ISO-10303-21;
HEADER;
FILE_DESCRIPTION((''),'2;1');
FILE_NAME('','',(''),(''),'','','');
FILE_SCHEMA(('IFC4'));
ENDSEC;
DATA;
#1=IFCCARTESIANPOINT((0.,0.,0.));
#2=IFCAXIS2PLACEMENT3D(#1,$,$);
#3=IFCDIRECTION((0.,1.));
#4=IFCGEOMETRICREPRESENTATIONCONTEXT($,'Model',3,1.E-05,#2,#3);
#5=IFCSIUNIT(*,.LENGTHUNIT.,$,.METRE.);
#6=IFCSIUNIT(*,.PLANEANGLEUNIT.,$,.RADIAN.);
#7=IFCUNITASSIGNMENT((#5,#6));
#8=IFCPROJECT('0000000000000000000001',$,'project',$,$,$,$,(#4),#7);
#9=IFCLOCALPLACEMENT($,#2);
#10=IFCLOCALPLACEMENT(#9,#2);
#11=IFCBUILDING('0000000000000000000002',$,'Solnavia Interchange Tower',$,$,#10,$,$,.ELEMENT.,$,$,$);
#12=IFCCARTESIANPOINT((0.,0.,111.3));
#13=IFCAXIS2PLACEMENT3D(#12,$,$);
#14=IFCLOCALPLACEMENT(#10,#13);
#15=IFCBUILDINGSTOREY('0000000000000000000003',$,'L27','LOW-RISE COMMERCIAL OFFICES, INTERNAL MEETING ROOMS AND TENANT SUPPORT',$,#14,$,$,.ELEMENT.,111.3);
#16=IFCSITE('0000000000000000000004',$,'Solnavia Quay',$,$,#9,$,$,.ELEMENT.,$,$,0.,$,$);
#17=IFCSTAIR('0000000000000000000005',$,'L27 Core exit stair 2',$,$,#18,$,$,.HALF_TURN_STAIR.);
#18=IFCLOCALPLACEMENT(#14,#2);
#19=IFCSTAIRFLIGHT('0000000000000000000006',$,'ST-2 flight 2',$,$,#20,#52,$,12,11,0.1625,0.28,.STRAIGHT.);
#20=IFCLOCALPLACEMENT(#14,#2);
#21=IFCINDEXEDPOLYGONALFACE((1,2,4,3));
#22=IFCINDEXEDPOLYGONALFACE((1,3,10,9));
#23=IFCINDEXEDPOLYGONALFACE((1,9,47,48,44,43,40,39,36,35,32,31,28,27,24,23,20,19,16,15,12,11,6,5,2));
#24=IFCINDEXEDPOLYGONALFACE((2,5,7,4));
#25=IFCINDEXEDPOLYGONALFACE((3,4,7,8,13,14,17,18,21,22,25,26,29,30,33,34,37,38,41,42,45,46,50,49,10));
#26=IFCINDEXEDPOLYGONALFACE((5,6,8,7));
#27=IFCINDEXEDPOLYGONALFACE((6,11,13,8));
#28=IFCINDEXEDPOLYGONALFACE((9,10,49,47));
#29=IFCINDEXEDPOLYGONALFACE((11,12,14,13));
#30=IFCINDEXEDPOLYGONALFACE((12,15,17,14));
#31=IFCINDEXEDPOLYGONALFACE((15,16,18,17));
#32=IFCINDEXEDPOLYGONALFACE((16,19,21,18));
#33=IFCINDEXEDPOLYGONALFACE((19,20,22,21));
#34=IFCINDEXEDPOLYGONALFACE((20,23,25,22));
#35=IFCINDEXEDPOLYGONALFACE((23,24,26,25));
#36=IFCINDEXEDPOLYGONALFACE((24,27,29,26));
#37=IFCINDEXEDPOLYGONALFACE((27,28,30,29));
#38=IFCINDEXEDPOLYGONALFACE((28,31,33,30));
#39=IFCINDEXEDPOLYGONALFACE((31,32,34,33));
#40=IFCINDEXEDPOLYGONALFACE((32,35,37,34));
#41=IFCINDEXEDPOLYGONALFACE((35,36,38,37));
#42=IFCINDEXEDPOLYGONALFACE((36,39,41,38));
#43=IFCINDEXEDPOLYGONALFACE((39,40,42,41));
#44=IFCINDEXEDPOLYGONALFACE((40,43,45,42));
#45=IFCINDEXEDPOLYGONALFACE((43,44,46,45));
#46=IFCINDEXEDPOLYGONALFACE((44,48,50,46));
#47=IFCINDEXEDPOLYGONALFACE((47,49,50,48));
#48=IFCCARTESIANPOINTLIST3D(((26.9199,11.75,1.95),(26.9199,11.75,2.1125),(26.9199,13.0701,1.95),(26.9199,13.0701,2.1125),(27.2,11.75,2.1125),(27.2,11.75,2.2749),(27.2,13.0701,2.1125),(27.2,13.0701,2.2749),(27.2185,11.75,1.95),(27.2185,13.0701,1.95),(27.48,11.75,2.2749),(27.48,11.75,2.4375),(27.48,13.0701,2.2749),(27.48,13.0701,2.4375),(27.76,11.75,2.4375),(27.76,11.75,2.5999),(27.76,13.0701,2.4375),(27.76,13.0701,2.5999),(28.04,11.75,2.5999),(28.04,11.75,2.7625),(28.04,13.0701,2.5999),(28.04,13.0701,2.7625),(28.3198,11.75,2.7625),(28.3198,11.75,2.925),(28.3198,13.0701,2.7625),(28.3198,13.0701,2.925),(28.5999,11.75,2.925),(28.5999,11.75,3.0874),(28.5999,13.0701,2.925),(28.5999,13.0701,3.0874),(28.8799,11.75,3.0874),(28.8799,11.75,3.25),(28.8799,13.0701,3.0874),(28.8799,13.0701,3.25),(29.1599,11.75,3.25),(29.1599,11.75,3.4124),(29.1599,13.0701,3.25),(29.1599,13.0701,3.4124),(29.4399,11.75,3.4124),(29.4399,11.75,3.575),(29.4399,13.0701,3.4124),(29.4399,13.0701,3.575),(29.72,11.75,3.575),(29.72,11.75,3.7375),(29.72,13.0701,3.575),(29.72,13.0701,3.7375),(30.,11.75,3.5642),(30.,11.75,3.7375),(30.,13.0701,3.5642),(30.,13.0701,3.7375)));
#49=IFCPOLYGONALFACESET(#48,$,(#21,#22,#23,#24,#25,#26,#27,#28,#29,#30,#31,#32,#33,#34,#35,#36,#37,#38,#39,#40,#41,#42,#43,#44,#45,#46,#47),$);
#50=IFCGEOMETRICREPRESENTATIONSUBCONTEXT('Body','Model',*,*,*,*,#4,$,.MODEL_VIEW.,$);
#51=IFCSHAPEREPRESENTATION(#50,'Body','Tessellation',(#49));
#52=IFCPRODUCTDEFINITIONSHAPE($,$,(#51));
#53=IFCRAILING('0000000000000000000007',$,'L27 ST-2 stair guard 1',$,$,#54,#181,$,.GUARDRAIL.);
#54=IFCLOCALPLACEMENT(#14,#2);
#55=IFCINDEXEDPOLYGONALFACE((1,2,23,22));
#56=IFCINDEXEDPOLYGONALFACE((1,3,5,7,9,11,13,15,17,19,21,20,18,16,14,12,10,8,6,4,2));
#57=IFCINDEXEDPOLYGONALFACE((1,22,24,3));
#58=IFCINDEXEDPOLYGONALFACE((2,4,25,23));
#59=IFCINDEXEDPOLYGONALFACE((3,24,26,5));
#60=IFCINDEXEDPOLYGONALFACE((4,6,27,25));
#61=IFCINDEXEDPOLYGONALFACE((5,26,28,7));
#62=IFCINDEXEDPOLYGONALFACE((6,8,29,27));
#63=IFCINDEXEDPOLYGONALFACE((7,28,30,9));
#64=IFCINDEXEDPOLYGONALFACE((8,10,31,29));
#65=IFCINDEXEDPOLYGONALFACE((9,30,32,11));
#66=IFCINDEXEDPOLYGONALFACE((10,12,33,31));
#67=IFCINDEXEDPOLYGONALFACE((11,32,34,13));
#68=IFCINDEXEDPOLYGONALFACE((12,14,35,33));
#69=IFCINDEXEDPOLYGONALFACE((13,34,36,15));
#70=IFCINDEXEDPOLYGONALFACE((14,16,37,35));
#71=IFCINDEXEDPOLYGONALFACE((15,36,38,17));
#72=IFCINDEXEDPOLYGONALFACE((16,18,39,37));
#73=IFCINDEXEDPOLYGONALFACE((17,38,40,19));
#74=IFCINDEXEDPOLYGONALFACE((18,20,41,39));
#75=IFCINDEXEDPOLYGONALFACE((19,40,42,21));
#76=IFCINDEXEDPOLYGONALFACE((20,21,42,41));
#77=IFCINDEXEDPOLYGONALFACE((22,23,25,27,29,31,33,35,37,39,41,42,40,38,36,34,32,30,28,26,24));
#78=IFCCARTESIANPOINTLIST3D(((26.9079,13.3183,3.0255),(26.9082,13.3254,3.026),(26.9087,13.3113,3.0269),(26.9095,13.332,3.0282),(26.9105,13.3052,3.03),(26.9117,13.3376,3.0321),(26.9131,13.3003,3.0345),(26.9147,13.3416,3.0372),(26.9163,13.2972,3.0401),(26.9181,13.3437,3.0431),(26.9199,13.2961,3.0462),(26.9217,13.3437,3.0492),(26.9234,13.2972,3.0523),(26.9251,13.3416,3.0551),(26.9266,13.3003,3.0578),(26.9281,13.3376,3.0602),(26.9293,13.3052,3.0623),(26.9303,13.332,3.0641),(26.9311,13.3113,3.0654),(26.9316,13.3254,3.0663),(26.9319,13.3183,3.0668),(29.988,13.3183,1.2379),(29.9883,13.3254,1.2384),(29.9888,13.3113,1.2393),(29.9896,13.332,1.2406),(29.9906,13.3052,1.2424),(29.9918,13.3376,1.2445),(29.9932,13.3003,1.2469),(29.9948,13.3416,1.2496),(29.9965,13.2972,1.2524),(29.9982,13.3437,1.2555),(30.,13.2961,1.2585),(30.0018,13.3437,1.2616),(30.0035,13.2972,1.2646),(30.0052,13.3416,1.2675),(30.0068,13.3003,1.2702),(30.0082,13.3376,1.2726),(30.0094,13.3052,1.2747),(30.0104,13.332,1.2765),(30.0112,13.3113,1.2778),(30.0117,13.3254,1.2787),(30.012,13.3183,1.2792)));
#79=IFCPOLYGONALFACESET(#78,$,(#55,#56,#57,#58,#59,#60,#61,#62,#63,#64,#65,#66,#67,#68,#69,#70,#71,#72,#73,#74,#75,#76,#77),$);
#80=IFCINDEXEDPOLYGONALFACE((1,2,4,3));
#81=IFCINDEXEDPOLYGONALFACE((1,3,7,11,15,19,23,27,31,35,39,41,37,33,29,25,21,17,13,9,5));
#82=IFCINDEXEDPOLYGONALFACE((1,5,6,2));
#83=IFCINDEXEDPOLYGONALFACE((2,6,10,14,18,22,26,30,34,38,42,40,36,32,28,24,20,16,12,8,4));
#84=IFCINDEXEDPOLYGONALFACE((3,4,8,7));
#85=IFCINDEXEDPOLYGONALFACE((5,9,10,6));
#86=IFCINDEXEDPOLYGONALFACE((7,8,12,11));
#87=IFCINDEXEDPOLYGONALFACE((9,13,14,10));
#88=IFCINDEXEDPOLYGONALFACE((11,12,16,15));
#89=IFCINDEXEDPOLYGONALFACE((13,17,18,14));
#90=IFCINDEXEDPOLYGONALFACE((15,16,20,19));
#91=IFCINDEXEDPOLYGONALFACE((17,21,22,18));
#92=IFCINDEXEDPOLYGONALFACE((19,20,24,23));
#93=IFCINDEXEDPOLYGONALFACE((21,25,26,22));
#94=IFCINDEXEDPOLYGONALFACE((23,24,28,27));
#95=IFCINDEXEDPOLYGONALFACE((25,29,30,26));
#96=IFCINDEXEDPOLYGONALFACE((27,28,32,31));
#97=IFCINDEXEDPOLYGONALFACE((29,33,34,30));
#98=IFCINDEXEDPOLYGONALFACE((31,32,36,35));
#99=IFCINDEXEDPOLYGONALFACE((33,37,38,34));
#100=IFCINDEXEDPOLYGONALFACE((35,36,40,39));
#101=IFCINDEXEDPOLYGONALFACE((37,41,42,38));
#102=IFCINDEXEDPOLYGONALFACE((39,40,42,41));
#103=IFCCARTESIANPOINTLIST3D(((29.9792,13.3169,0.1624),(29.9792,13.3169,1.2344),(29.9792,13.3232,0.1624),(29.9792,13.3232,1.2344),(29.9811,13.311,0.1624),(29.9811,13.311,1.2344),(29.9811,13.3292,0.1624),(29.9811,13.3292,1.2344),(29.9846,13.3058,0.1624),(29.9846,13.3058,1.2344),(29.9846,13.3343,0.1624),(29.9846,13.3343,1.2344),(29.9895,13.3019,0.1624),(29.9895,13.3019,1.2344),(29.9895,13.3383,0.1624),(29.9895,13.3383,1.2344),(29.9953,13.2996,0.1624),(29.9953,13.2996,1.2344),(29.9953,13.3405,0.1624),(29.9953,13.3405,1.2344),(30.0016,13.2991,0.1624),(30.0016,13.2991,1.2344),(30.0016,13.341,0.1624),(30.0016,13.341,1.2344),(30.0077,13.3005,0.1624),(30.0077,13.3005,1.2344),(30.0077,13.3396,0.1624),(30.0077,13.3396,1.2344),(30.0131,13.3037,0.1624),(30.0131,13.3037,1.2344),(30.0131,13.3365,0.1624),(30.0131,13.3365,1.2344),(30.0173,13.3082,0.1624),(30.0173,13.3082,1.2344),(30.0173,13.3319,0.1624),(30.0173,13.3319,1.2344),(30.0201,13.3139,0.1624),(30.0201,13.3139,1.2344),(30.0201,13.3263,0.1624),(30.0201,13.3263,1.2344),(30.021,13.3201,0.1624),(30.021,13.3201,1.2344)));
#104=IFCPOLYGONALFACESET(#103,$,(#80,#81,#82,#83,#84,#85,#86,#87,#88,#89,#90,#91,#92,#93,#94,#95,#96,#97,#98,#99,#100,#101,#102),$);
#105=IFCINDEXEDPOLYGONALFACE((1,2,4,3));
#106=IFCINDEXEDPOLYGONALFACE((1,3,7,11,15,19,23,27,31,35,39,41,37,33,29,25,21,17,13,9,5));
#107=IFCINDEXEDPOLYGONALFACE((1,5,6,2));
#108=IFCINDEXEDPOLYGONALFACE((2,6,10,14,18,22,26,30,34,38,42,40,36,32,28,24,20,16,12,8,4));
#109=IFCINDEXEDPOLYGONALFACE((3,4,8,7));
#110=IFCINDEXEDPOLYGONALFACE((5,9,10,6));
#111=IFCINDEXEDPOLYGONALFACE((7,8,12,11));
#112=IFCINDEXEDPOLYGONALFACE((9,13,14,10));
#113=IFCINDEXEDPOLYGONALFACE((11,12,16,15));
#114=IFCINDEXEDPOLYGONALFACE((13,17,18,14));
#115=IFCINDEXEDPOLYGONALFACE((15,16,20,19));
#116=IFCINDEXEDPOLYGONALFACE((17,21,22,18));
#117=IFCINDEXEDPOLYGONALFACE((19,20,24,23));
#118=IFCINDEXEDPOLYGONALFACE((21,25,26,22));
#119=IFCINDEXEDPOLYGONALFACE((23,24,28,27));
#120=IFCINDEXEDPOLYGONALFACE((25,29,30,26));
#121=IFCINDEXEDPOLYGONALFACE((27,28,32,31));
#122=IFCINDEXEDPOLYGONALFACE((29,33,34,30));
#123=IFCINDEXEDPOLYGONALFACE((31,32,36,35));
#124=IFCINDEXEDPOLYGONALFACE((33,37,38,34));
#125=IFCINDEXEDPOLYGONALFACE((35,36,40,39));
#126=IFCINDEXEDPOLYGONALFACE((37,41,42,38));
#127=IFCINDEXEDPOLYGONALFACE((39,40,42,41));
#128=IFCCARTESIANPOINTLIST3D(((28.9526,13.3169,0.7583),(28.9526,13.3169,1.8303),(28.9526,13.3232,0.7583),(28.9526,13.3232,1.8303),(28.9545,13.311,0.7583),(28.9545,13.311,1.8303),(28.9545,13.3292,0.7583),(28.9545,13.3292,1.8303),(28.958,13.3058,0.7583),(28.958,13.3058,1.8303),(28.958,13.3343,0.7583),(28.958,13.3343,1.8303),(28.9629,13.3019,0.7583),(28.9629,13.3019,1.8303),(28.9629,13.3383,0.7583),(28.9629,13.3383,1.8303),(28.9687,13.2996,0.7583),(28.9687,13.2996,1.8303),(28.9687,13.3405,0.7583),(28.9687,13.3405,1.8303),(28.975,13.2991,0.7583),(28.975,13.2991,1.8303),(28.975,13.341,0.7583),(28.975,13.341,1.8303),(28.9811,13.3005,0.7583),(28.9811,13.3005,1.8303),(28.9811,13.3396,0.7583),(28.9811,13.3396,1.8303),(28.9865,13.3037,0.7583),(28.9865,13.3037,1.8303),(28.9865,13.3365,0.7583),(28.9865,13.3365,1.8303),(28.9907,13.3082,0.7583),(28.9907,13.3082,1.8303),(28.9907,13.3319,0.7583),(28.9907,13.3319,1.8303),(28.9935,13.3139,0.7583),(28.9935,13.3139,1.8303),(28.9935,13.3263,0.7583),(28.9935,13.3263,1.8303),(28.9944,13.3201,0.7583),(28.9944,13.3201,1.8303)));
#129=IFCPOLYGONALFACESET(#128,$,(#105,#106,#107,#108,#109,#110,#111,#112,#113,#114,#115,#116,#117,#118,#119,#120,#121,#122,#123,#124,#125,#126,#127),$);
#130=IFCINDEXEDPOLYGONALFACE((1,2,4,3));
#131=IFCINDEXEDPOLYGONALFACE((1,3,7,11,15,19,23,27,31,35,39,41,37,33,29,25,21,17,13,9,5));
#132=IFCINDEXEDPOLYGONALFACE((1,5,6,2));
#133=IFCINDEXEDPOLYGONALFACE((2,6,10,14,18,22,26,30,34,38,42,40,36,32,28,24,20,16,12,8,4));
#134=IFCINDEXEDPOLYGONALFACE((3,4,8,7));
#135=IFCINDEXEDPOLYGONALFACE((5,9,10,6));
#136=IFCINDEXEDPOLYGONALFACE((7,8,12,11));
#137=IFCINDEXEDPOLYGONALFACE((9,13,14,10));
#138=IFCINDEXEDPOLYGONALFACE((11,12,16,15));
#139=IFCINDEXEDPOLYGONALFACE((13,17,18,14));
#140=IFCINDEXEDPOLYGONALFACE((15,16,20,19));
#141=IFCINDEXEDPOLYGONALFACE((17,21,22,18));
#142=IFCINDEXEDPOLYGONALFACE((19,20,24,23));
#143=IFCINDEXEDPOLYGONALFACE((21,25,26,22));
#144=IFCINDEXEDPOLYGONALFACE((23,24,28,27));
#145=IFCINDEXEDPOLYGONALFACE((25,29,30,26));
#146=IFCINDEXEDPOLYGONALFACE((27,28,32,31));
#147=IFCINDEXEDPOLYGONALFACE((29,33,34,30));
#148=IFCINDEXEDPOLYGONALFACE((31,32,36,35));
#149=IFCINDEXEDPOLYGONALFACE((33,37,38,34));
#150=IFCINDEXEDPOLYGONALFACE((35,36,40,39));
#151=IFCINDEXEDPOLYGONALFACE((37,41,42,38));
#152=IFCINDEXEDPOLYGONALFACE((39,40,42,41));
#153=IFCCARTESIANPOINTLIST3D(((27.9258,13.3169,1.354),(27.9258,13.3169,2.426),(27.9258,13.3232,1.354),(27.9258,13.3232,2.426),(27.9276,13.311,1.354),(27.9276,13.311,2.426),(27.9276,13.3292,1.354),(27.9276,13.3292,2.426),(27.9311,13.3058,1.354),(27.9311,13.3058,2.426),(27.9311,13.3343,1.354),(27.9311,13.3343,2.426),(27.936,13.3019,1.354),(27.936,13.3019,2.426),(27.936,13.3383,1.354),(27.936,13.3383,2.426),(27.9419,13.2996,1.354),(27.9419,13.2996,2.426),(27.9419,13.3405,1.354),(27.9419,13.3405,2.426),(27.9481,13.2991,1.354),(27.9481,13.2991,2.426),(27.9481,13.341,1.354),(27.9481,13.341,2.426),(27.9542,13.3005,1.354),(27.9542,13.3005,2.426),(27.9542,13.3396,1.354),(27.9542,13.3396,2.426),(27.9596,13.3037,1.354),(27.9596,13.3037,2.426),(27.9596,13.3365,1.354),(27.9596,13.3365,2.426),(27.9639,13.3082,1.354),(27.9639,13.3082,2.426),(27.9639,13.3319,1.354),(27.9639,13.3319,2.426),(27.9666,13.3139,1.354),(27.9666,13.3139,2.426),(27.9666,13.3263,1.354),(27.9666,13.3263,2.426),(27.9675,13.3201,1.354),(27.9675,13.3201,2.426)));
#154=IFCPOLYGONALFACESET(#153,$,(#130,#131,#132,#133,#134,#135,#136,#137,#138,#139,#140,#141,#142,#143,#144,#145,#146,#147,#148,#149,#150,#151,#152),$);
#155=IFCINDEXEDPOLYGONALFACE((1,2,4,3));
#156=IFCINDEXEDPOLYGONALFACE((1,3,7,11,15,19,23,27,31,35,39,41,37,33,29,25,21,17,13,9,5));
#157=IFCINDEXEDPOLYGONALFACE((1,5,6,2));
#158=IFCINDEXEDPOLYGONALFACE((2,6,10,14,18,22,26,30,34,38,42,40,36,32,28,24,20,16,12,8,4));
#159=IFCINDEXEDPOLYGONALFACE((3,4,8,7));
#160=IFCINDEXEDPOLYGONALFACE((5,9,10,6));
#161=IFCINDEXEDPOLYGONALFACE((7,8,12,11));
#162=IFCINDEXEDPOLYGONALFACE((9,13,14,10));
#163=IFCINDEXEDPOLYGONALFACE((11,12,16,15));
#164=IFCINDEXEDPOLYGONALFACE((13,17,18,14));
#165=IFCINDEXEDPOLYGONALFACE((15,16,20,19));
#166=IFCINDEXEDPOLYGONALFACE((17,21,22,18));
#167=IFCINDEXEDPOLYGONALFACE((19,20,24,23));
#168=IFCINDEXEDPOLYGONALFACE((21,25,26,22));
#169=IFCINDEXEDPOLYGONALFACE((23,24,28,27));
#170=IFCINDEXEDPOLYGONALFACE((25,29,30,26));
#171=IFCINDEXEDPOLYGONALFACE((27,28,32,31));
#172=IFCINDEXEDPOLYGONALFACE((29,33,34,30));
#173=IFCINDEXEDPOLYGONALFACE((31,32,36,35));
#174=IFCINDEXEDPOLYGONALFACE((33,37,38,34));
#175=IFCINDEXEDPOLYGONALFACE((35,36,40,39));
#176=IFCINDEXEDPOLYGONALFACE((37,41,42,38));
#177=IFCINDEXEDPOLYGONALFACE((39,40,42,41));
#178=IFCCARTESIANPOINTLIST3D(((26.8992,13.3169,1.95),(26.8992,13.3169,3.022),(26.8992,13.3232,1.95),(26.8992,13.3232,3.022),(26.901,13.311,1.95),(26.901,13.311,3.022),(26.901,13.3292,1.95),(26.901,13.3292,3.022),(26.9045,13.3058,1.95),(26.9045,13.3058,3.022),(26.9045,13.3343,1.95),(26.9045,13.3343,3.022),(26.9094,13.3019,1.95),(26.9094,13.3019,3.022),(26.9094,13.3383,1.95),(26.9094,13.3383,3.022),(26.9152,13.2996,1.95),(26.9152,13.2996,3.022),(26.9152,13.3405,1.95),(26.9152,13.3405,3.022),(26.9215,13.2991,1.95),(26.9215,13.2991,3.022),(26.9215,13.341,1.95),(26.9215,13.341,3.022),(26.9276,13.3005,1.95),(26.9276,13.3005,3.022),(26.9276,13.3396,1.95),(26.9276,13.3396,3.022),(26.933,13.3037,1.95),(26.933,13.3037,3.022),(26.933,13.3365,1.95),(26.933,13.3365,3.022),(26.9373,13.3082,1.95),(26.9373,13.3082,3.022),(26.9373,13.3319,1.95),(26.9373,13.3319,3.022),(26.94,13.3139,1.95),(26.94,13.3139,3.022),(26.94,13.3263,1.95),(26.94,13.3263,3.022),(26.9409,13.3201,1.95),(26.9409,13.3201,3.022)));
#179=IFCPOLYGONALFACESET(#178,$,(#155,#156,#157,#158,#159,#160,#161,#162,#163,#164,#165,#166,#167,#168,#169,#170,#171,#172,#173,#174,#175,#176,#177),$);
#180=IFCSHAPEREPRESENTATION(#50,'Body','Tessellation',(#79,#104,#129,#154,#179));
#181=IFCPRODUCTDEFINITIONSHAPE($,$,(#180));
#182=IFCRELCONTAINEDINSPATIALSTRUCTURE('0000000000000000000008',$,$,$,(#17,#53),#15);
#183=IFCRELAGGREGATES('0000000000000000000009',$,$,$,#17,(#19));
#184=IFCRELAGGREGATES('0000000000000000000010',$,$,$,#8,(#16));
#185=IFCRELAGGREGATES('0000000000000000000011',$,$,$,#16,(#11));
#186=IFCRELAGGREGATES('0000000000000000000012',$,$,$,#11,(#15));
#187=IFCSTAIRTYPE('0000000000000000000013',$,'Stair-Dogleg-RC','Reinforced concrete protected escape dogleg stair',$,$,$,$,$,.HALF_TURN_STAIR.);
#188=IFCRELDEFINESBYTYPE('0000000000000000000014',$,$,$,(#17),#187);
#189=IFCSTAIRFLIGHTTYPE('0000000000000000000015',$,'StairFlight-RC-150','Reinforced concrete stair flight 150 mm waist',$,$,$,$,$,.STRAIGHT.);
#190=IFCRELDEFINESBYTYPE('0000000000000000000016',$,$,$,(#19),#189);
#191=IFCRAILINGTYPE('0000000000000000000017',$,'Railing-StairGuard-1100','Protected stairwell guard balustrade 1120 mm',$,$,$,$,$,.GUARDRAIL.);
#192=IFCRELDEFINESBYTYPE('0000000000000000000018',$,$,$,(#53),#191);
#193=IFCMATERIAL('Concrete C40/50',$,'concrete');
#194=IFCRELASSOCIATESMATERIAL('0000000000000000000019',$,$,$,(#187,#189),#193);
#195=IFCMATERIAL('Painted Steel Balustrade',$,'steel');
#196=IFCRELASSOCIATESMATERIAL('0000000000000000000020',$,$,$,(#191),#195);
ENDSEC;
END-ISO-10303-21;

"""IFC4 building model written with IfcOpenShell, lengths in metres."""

from ifc_helpers import new_model, si_unit, direction, frame, origin, origin_2d, place, context, subcontext, project, spatial, polyline, circle, outline, extrude, material, type_object, element, aggregate, save


model = new_model("IFC4")

# Units and contexts
model_context = context("Model", 3, precision=1e-05, world=origin(), true_north=direction((0.0, 1.0)))
body_context = subcontext(model_context, "Body", "Model", "MODEL_VIEW")
ifc_project = project(units=[si_unit("LENGTHUNIT", "METRE"), si_unit("PLANEANGLEUNIT", "RADIAN")], contexts=[model_context])

# Site, building, storey
site_placement = place(None, origin())
site = spatial("IfcSite", under=ifc_project, at=site_placement, Name="Solnavia Quay", CompositionType="ELEMENT", RefElevation=0.0)
building_placement = place(site_placement, origin())
building = spatial("IfcBuilding", under=site, at=building_placement, Name="Solnavia Interchange Tower", CompositionType="ELEMENT")
storey_placement = place(building_placement, frame((0.0, 0.0, 111.3)))
storey = spatial("IfcBuildingStorey", under=building, at=storey_placement, Name="L27", Description="LOW-RISE COMMERCIAL OFFICES, INTERNAL MEETING ROOMS AND TENANT SUPPORT", CompositionType="ELEMENT", Elevation=111.3)

# Shared definitions
ifc_material_1 = material(Name="Concrete C40/50", Category="concrete")

# Stair, stair flight
stair_type = type_object("IfcStairType", Name="Stair-Dogleg-RC", Description="Reinforced concrete protected escape dogleg stair", PredefinedType="HALF_TURN_STAIR", material=ifc_material_1)
stair_placement = place(storey_placement, origin())
stair = element("IfcStair", 1, at=stair_placement, inside=storey, type_object=stair_type, Name="L27 Core exit stair 2", PredefinedType="HALF_TURN_STAIR")
stair_flight_type = type_object("IfcStairFlightType", Name="StairFlight-RC-150", Description="Reinforced concrete stair flight 150 mm waist", PredefinedType="STRAIGHT", material=ifc_material_1)
stair_flight_1_placement = place(storey_placement, frame((26.9199, 12.4099, 1.95), z_axis=(0.0, 0.0, 1.0), x_axis=(1.0, 0.0, 0.0)))
stair_flight_1 = element("IfcStairFlight", 2, at=stair_flight_1_placement, type_object=stair_flight_type, Name="ST-2 flight 2", NumberOfRisers=12, NumberOfTreads=11, PredefinedType="STRAIGHT", RiserHeight=0.1625, TreadLength=0.28, context=body_context, shape_type="SweptSolid", body=[
    extrude(outline(polyline([(0.0, 0.0), (0.0, 0.1626), (0.28, 0.1626), (0.28, 0.325), (0.5601, 0.325), (0.5601, 0.4875), (0.8401, 0.4875), (0.8401, 0.6499), (1.1201, 0.6499), (1.1201, 0.8125), (1.3999, 0.8125), (1.3999, 0.9751), (1.6799, 0.9751), (1.6799, 1.1375), (1.96, 1.1375), (1.96, 1.3), (2.24, 1.3), (2.24, 1.4624), (2.52, 1.4624), (2.52, 1.625), (2.8, 1.625), (2.8, 1.7876), (3.0801, 1.7876), (3.0801, 1.95), (3.0801, 1.6143), (0.2986, 0.0), (0.0, 0.0)])), frame((0.0, 0.6602, 0.0), z_axis=(0.0, -1.0, 0.0), x_axis=(1.0, 0.0, 0.0)), (0.0, 0.0, 1.0), 1.3201),
])
aggregate(stair, [stair_flight_1])

# Railing
ifc_material_2 = material(Name="Painted Steel Balustrade", Category="steel")
railing_type_1 = type_object("IfcRailingType", Name="Railing-StairGuard-1100", Description="Protected stairwell guard balustrade 1120 mm", PredefinedType="GUARDRAIL", material=ifc_material_2)
railing_1_placement = place(storey_placement, frame((30.0, 13.3201, 0.1624)))
element("IfcRailing", 3, at=railing_1_placement, inside=storey, type_object=railing_type_1, Name="L27 ST-2 stair guard 1", PredefinedType="GUARDRAIL", context=body_context, shape_type="SweptSolid", body=[
    extrude(circle(Radius=0.0239, at=origin_2d()), frame((0.0, 0.0, 1.0962), z_axis=(-0.864891, 0.0, 0.50196), x_axis=(0.0, -1.0, 0.0)), (0.0, 0.0, 1.0), 3.5613),
    extrude(circle(Radius=0.021, at=origin_2d()), origin(), (0.0, 0.0, 1.0), 1.072),
    extrude(circle(Radius=0.021, at=origin_2d()), frame((-1.0266, 0.0, 0.5959)), (0.0, 0.0, 1.0), 1.072),
    extrude(circle(Radius=0.021, at=origin_2d()), frame((-2.0535, 0.0, 1.1917)), (0.0, 0.0, 1.0), 1.072),
    extrude(circle(Radius=0.021, at=origin_2d()), frame((-3.0801, 0.0, 1.7876)), (0.0, 0.0, 1.0), 1.072),
])

save(model, "model.ifc")
